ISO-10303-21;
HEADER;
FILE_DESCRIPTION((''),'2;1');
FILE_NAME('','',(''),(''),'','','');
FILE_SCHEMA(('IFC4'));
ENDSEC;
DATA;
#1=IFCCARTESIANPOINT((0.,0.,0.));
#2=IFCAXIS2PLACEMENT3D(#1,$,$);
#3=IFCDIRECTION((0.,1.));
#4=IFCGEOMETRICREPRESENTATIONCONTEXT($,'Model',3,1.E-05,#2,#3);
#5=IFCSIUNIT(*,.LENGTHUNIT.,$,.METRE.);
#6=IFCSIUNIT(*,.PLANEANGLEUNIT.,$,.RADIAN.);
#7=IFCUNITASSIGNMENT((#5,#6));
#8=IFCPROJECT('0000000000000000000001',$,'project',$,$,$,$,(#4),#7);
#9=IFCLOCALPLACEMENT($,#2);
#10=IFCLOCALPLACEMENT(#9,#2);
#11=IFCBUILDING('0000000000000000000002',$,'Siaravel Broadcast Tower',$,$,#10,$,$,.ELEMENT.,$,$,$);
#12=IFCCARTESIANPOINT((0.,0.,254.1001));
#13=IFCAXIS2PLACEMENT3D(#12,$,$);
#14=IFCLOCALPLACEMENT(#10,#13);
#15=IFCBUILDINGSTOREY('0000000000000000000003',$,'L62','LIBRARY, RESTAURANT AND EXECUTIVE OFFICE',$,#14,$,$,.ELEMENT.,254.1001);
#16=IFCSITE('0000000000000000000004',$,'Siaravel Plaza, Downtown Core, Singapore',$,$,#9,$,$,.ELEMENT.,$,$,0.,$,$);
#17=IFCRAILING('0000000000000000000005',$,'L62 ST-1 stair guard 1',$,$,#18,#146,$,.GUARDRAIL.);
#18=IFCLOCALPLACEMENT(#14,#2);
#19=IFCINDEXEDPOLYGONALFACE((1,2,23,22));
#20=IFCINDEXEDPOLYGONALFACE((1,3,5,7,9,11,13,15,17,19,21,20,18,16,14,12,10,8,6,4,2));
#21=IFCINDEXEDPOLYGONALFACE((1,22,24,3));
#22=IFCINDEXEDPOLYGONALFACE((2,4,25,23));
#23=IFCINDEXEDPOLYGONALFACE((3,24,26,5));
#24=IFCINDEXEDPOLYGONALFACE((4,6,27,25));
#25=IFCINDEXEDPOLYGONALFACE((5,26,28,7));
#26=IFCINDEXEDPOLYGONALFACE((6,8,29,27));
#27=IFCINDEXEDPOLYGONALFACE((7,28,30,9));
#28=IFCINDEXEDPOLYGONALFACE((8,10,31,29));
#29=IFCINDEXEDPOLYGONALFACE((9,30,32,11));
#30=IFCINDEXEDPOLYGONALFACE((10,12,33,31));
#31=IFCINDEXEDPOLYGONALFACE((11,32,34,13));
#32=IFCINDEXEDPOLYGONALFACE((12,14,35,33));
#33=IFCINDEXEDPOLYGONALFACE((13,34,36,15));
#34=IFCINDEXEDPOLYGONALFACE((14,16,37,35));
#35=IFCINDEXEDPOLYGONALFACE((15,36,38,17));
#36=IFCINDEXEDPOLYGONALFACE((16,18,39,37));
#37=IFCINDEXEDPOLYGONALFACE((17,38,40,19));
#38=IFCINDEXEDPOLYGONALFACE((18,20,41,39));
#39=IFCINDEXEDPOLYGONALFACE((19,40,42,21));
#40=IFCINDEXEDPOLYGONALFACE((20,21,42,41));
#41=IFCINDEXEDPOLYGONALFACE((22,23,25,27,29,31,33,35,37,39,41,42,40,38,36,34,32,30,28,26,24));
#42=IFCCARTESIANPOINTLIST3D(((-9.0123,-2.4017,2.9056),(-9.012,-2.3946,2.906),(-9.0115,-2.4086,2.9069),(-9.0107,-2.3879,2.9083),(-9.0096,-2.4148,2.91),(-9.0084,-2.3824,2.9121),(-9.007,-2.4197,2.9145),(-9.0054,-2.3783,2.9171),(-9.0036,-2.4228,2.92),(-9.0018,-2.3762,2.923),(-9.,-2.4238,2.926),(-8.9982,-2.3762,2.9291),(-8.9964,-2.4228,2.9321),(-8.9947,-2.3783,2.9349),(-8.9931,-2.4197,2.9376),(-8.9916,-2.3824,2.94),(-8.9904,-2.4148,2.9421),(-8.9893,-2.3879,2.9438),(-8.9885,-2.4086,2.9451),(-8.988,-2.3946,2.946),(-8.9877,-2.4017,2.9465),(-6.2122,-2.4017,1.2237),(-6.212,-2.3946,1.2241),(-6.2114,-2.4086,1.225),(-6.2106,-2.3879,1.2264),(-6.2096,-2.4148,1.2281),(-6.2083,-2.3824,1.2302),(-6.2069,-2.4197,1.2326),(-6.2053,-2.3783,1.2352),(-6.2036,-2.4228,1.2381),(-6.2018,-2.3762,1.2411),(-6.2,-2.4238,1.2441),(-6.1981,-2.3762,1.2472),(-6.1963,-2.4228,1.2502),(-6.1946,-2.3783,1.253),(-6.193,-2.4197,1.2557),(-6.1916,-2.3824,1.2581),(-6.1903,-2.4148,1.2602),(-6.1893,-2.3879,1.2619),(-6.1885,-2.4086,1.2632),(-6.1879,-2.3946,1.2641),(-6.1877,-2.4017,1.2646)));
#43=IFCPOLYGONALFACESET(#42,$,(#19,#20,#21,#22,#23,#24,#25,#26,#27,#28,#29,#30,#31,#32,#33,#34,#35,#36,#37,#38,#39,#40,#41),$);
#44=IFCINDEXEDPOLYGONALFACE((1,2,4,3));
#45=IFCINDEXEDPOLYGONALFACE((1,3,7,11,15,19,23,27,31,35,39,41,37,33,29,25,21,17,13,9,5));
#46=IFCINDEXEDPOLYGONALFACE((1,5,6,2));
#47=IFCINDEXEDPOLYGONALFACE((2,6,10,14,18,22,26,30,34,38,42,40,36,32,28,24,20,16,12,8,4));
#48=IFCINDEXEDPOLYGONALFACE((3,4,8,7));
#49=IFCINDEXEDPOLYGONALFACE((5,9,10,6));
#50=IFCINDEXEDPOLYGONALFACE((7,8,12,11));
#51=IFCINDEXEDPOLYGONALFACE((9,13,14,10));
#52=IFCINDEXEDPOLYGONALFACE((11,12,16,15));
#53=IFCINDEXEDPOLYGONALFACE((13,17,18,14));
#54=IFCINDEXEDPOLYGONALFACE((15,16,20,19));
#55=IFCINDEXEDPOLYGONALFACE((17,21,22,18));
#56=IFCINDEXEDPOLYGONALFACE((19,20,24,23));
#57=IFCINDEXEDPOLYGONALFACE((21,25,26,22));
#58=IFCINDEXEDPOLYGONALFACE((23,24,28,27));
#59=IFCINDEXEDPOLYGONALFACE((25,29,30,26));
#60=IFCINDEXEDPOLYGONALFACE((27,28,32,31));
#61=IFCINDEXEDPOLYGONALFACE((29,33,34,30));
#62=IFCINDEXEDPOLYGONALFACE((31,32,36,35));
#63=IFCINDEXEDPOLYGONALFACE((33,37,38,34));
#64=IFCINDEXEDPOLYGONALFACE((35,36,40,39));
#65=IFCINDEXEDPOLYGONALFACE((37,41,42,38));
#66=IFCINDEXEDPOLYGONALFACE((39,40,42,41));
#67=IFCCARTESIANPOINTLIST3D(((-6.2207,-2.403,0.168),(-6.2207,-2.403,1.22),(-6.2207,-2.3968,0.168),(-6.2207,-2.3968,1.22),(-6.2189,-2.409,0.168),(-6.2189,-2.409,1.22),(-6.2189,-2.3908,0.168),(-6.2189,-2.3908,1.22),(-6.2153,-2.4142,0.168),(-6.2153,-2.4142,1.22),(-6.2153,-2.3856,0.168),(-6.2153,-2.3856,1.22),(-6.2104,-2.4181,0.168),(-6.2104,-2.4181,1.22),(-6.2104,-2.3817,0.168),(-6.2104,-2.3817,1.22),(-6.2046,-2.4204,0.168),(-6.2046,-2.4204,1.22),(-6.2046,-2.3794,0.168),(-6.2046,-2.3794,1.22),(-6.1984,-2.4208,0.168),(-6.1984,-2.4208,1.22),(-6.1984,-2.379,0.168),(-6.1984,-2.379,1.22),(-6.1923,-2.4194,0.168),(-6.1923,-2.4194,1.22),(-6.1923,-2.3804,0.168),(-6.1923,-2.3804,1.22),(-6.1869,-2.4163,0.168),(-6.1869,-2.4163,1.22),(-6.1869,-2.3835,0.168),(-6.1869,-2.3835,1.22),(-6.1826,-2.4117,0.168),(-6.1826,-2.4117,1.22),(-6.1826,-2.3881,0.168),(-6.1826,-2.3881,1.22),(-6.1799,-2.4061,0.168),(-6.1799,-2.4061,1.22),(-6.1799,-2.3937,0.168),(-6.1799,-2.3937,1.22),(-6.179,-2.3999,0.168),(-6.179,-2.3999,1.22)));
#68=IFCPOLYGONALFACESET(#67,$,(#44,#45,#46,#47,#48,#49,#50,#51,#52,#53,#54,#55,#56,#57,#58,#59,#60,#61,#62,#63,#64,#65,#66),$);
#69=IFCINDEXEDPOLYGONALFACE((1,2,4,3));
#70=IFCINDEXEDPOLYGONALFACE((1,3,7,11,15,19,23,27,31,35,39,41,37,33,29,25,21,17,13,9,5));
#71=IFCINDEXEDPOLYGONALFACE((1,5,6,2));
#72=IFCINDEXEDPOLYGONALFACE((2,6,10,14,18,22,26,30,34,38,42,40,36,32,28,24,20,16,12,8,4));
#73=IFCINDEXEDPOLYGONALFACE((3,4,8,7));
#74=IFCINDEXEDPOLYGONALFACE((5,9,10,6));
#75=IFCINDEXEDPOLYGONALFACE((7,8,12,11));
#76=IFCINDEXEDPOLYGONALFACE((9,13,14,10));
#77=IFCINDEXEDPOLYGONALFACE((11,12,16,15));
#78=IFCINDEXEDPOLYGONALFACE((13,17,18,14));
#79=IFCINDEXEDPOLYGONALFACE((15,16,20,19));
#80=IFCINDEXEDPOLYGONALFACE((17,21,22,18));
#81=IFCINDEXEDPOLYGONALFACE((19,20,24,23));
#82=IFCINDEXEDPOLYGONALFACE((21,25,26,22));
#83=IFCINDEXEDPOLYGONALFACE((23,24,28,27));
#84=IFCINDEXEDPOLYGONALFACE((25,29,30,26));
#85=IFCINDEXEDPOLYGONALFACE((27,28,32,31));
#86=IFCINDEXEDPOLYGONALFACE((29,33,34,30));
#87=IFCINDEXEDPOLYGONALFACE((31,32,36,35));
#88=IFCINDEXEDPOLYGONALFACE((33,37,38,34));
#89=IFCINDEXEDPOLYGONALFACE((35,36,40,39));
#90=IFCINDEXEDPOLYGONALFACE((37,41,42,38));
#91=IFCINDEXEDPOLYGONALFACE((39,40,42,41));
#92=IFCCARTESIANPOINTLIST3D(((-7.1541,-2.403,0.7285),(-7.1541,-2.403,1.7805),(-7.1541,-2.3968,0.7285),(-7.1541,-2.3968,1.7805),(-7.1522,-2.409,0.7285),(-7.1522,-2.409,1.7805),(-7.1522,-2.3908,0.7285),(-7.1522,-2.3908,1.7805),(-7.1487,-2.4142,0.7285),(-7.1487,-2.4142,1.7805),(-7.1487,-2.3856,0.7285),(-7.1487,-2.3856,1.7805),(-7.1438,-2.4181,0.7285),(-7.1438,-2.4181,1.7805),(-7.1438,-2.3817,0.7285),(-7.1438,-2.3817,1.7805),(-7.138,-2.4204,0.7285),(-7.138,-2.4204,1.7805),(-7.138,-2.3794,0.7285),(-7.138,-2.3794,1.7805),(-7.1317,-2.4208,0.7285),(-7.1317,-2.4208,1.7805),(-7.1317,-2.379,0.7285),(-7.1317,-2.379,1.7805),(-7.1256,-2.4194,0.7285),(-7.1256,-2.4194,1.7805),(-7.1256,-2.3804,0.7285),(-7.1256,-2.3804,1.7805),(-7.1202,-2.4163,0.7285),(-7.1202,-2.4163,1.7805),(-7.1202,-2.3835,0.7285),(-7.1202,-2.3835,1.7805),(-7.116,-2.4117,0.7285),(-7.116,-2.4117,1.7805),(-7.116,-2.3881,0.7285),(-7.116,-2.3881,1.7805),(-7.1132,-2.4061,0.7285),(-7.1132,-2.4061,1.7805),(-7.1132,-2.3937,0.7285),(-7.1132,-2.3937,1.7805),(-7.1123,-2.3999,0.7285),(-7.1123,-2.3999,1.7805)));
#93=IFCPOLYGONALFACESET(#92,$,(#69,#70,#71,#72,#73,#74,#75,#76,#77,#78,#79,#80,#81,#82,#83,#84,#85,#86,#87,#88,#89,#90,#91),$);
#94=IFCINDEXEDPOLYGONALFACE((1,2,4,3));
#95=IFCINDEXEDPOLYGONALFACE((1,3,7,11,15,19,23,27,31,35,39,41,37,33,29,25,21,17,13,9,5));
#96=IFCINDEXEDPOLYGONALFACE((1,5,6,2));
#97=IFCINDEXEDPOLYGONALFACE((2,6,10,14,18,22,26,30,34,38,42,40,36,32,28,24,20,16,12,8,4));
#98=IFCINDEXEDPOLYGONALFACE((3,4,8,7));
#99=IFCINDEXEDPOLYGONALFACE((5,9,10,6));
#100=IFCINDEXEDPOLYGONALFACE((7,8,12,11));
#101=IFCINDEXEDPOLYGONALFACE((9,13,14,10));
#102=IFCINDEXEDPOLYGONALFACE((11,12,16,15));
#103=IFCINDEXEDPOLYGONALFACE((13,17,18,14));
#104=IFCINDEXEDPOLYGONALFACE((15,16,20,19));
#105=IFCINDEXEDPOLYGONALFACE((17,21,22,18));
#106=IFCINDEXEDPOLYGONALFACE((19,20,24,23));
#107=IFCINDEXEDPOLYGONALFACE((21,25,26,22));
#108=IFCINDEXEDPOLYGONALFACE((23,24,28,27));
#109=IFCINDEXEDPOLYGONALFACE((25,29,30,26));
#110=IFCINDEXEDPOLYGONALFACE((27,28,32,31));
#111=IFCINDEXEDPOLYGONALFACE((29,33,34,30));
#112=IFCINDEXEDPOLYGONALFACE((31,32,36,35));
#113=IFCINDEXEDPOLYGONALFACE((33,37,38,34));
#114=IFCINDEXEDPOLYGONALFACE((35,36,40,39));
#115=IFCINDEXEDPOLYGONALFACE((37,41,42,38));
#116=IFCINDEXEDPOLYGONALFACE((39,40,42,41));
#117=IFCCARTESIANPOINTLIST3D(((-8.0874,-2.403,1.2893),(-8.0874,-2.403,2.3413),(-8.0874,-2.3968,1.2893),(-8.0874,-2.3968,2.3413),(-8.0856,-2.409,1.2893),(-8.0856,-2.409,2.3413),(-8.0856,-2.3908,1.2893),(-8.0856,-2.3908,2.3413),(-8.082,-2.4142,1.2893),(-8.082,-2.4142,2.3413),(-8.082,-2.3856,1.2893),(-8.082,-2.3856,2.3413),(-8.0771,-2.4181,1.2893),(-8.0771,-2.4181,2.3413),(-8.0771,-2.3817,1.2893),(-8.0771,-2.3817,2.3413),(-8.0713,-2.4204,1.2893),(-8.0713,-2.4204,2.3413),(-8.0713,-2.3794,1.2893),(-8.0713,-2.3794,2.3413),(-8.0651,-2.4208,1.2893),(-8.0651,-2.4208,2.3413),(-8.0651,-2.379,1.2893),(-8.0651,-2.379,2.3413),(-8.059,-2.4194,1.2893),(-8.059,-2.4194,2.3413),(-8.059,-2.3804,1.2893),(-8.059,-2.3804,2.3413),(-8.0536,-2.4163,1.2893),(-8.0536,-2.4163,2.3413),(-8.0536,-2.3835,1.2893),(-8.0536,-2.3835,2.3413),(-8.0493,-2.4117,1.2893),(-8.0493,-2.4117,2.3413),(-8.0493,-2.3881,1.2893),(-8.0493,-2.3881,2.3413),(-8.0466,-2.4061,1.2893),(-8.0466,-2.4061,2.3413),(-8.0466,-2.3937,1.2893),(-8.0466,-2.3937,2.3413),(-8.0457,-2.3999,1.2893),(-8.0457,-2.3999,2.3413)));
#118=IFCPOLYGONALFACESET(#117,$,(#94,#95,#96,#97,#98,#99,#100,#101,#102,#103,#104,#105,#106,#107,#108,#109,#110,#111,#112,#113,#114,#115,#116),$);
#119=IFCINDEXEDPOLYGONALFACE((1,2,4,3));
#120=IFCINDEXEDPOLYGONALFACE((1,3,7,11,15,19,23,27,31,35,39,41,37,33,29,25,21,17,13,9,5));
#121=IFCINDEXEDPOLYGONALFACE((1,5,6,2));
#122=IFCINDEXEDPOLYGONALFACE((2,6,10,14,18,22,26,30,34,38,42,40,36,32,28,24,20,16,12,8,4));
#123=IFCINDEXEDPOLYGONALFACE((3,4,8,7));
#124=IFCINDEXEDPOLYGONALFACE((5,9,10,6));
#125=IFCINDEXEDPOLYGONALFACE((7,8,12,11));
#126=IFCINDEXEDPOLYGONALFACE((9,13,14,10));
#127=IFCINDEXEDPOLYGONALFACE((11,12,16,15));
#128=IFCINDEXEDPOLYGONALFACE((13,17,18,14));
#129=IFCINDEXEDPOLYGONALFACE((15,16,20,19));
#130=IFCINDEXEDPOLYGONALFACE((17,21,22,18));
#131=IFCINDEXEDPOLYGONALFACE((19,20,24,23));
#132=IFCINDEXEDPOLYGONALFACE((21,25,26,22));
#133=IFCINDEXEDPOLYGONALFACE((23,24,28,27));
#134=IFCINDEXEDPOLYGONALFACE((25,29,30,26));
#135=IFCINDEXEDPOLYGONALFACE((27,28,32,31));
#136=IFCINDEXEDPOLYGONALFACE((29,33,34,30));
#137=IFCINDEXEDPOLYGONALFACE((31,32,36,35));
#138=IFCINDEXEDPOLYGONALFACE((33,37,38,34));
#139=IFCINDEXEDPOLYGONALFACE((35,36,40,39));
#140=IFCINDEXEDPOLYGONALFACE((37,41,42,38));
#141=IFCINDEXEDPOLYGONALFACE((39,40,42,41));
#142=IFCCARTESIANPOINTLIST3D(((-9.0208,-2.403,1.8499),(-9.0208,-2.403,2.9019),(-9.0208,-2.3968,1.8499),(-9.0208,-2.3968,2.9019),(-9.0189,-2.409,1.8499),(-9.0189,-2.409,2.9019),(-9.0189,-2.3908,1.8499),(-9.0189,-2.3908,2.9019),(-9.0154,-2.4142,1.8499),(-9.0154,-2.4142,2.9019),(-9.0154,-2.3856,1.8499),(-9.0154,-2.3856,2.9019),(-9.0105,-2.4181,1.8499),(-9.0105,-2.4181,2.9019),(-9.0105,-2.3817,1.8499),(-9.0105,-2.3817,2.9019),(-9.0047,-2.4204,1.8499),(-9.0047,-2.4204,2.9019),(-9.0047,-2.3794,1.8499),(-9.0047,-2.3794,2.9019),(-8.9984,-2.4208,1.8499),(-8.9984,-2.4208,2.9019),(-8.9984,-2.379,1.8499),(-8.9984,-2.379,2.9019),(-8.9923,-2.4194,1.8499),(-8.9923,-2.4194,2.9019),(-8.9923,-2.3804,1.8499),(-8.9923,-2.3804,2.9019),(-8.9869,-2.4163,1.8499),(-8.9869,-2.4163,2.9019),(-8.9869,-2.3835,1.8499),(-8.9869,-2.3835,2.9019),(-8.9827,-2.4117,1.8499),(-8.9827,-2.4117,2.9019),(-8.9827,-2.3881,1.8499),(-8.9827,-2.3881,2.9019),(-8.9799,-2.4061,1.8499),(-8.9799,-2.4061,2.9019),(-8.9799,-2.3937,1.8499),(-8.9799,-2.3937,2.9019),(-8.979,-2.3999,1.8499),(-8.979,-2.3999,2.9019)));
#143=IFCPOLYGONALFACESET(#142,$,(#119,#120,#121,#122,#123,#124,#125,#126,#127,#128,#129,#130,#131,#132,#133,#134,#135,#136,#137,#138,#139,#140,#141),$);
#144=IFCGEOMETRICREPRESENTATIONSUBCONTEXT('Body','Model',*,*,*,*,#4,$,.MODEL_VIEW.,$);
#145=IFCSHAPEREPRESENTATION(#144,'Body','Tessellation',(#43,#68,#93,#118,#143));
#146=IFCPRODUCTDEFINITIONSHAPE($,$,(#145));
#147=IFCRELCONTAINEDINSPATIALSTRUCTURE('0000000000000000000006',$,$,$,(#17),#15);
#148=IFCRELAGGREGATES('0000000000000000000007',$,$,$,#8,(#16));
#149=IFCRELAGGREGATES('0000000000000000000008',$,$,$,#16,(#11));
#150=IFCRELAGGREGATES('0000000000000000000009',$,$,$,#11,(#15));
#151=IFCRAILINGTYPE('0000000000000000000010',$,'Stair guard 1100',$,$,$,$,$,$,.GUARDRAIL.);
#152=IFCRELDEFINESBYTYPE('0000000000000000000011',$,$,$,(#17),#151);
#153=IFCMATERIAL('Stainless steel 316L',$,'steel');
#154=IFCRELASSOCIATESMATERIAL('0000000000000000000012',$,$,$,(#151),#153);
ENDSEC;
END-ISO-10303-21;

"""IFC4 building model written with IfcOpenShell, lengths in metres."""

from ifc_helpers import new_model, si_unit, direction, frame, origin, origin_2d, place, context, subcontext, project, spatial, circle, extrude, material, type_object, element, save


model = new_model("IFC4")

# Units and contexts
model_context = context("Model", 3, precision=1e-05, world=origin(), true_north=direction((0.0, 1.0)))
body_context = subcontext(model_context, "Body", "Model", "MODEL_VIEW")
ifc_project = project(units=[si_unit("LENGTHUNIT", "METRE"), si_unit("PLANEANGLEUNIT", "RADIAN")], contexts=[model_context])

# Site, building, storey
site_placement = place(None, origin())
site = spatial("IfcSite", under=ifc_project, at=site_placement, Name="Siaravel Plaza, Downtown Core, Singapore", CompositionType="ELEMENT", RefElevation=0.0)
building_placement = place(site_placement, origin())
building = spatial("IfcBuilding", under=site, at=building_placement, Name="Siaravel Broadcast Tower", CompositionType="ELEMENT")
storey_placement = place(building_placement, frame((0.0, 0.0, 254.1001)))
storey = spatial("IfcBuildingStorey", under=building, at=storey_placement, Name="L62", Description="LIBRARY, RESTAURANT AND EXECUTIVE OFFICE", CompositionType="ELEMENT", Elevation=254.1001)

# Shared definitions
ifc_material_1 = material(Name="Stainless steel 316L", Category="steel")

# Railing
railing_type_1 = type_object("IfcRailingType", Name="Stair guard 1100", PredefinedType="GUARDRAIL", material=ifc_material_1)
railing_1_placement = place(storey_placement, frame((-6.2, -2.3999, 0.168)))
element("IfcRailing", 1, at=railing_1_placement, inside=storey, type_object=railing_type_1, Name="L62 ST-1 stair guard 1", PredefinedType="GUARDRAIL", context=body_context, shape_type="SweptSolid", body=[
    extrude(circle(Radius=0.0239, at=origin_2d()), frame((0.0, 0.0, 1.0762), z_axis=(-0.857242, 0.0, 0.514913), x_axis=(0.0, -1.0, 0.0)), (0.0, 0.0, 1.0), 3.2664),
    extrude(circle(Radius=0.021, at=origin_2d()), origin(), (0.0, 0.0, 1.0), 1.052),
    extrude(circle(Radius=0.021, at=origin_2d()), frame((-0.9333, 0.0, 0.5605)), (0.0, 0.0, 1.0), 1.052),
    extrude(circle(Radius=0.021, at=origin_2d()), frame((-1.8667, 0.0, 1.1213)), (0.0, 0.0, 1.0), 1.052),
    extrude(circle(Radius=0.021, at=origin_2d()), frame((-2.8, 0.0, 1.6819)), (0.0, 0.0, 1.0), 1.052),
])

save(model, "model.ifc")
